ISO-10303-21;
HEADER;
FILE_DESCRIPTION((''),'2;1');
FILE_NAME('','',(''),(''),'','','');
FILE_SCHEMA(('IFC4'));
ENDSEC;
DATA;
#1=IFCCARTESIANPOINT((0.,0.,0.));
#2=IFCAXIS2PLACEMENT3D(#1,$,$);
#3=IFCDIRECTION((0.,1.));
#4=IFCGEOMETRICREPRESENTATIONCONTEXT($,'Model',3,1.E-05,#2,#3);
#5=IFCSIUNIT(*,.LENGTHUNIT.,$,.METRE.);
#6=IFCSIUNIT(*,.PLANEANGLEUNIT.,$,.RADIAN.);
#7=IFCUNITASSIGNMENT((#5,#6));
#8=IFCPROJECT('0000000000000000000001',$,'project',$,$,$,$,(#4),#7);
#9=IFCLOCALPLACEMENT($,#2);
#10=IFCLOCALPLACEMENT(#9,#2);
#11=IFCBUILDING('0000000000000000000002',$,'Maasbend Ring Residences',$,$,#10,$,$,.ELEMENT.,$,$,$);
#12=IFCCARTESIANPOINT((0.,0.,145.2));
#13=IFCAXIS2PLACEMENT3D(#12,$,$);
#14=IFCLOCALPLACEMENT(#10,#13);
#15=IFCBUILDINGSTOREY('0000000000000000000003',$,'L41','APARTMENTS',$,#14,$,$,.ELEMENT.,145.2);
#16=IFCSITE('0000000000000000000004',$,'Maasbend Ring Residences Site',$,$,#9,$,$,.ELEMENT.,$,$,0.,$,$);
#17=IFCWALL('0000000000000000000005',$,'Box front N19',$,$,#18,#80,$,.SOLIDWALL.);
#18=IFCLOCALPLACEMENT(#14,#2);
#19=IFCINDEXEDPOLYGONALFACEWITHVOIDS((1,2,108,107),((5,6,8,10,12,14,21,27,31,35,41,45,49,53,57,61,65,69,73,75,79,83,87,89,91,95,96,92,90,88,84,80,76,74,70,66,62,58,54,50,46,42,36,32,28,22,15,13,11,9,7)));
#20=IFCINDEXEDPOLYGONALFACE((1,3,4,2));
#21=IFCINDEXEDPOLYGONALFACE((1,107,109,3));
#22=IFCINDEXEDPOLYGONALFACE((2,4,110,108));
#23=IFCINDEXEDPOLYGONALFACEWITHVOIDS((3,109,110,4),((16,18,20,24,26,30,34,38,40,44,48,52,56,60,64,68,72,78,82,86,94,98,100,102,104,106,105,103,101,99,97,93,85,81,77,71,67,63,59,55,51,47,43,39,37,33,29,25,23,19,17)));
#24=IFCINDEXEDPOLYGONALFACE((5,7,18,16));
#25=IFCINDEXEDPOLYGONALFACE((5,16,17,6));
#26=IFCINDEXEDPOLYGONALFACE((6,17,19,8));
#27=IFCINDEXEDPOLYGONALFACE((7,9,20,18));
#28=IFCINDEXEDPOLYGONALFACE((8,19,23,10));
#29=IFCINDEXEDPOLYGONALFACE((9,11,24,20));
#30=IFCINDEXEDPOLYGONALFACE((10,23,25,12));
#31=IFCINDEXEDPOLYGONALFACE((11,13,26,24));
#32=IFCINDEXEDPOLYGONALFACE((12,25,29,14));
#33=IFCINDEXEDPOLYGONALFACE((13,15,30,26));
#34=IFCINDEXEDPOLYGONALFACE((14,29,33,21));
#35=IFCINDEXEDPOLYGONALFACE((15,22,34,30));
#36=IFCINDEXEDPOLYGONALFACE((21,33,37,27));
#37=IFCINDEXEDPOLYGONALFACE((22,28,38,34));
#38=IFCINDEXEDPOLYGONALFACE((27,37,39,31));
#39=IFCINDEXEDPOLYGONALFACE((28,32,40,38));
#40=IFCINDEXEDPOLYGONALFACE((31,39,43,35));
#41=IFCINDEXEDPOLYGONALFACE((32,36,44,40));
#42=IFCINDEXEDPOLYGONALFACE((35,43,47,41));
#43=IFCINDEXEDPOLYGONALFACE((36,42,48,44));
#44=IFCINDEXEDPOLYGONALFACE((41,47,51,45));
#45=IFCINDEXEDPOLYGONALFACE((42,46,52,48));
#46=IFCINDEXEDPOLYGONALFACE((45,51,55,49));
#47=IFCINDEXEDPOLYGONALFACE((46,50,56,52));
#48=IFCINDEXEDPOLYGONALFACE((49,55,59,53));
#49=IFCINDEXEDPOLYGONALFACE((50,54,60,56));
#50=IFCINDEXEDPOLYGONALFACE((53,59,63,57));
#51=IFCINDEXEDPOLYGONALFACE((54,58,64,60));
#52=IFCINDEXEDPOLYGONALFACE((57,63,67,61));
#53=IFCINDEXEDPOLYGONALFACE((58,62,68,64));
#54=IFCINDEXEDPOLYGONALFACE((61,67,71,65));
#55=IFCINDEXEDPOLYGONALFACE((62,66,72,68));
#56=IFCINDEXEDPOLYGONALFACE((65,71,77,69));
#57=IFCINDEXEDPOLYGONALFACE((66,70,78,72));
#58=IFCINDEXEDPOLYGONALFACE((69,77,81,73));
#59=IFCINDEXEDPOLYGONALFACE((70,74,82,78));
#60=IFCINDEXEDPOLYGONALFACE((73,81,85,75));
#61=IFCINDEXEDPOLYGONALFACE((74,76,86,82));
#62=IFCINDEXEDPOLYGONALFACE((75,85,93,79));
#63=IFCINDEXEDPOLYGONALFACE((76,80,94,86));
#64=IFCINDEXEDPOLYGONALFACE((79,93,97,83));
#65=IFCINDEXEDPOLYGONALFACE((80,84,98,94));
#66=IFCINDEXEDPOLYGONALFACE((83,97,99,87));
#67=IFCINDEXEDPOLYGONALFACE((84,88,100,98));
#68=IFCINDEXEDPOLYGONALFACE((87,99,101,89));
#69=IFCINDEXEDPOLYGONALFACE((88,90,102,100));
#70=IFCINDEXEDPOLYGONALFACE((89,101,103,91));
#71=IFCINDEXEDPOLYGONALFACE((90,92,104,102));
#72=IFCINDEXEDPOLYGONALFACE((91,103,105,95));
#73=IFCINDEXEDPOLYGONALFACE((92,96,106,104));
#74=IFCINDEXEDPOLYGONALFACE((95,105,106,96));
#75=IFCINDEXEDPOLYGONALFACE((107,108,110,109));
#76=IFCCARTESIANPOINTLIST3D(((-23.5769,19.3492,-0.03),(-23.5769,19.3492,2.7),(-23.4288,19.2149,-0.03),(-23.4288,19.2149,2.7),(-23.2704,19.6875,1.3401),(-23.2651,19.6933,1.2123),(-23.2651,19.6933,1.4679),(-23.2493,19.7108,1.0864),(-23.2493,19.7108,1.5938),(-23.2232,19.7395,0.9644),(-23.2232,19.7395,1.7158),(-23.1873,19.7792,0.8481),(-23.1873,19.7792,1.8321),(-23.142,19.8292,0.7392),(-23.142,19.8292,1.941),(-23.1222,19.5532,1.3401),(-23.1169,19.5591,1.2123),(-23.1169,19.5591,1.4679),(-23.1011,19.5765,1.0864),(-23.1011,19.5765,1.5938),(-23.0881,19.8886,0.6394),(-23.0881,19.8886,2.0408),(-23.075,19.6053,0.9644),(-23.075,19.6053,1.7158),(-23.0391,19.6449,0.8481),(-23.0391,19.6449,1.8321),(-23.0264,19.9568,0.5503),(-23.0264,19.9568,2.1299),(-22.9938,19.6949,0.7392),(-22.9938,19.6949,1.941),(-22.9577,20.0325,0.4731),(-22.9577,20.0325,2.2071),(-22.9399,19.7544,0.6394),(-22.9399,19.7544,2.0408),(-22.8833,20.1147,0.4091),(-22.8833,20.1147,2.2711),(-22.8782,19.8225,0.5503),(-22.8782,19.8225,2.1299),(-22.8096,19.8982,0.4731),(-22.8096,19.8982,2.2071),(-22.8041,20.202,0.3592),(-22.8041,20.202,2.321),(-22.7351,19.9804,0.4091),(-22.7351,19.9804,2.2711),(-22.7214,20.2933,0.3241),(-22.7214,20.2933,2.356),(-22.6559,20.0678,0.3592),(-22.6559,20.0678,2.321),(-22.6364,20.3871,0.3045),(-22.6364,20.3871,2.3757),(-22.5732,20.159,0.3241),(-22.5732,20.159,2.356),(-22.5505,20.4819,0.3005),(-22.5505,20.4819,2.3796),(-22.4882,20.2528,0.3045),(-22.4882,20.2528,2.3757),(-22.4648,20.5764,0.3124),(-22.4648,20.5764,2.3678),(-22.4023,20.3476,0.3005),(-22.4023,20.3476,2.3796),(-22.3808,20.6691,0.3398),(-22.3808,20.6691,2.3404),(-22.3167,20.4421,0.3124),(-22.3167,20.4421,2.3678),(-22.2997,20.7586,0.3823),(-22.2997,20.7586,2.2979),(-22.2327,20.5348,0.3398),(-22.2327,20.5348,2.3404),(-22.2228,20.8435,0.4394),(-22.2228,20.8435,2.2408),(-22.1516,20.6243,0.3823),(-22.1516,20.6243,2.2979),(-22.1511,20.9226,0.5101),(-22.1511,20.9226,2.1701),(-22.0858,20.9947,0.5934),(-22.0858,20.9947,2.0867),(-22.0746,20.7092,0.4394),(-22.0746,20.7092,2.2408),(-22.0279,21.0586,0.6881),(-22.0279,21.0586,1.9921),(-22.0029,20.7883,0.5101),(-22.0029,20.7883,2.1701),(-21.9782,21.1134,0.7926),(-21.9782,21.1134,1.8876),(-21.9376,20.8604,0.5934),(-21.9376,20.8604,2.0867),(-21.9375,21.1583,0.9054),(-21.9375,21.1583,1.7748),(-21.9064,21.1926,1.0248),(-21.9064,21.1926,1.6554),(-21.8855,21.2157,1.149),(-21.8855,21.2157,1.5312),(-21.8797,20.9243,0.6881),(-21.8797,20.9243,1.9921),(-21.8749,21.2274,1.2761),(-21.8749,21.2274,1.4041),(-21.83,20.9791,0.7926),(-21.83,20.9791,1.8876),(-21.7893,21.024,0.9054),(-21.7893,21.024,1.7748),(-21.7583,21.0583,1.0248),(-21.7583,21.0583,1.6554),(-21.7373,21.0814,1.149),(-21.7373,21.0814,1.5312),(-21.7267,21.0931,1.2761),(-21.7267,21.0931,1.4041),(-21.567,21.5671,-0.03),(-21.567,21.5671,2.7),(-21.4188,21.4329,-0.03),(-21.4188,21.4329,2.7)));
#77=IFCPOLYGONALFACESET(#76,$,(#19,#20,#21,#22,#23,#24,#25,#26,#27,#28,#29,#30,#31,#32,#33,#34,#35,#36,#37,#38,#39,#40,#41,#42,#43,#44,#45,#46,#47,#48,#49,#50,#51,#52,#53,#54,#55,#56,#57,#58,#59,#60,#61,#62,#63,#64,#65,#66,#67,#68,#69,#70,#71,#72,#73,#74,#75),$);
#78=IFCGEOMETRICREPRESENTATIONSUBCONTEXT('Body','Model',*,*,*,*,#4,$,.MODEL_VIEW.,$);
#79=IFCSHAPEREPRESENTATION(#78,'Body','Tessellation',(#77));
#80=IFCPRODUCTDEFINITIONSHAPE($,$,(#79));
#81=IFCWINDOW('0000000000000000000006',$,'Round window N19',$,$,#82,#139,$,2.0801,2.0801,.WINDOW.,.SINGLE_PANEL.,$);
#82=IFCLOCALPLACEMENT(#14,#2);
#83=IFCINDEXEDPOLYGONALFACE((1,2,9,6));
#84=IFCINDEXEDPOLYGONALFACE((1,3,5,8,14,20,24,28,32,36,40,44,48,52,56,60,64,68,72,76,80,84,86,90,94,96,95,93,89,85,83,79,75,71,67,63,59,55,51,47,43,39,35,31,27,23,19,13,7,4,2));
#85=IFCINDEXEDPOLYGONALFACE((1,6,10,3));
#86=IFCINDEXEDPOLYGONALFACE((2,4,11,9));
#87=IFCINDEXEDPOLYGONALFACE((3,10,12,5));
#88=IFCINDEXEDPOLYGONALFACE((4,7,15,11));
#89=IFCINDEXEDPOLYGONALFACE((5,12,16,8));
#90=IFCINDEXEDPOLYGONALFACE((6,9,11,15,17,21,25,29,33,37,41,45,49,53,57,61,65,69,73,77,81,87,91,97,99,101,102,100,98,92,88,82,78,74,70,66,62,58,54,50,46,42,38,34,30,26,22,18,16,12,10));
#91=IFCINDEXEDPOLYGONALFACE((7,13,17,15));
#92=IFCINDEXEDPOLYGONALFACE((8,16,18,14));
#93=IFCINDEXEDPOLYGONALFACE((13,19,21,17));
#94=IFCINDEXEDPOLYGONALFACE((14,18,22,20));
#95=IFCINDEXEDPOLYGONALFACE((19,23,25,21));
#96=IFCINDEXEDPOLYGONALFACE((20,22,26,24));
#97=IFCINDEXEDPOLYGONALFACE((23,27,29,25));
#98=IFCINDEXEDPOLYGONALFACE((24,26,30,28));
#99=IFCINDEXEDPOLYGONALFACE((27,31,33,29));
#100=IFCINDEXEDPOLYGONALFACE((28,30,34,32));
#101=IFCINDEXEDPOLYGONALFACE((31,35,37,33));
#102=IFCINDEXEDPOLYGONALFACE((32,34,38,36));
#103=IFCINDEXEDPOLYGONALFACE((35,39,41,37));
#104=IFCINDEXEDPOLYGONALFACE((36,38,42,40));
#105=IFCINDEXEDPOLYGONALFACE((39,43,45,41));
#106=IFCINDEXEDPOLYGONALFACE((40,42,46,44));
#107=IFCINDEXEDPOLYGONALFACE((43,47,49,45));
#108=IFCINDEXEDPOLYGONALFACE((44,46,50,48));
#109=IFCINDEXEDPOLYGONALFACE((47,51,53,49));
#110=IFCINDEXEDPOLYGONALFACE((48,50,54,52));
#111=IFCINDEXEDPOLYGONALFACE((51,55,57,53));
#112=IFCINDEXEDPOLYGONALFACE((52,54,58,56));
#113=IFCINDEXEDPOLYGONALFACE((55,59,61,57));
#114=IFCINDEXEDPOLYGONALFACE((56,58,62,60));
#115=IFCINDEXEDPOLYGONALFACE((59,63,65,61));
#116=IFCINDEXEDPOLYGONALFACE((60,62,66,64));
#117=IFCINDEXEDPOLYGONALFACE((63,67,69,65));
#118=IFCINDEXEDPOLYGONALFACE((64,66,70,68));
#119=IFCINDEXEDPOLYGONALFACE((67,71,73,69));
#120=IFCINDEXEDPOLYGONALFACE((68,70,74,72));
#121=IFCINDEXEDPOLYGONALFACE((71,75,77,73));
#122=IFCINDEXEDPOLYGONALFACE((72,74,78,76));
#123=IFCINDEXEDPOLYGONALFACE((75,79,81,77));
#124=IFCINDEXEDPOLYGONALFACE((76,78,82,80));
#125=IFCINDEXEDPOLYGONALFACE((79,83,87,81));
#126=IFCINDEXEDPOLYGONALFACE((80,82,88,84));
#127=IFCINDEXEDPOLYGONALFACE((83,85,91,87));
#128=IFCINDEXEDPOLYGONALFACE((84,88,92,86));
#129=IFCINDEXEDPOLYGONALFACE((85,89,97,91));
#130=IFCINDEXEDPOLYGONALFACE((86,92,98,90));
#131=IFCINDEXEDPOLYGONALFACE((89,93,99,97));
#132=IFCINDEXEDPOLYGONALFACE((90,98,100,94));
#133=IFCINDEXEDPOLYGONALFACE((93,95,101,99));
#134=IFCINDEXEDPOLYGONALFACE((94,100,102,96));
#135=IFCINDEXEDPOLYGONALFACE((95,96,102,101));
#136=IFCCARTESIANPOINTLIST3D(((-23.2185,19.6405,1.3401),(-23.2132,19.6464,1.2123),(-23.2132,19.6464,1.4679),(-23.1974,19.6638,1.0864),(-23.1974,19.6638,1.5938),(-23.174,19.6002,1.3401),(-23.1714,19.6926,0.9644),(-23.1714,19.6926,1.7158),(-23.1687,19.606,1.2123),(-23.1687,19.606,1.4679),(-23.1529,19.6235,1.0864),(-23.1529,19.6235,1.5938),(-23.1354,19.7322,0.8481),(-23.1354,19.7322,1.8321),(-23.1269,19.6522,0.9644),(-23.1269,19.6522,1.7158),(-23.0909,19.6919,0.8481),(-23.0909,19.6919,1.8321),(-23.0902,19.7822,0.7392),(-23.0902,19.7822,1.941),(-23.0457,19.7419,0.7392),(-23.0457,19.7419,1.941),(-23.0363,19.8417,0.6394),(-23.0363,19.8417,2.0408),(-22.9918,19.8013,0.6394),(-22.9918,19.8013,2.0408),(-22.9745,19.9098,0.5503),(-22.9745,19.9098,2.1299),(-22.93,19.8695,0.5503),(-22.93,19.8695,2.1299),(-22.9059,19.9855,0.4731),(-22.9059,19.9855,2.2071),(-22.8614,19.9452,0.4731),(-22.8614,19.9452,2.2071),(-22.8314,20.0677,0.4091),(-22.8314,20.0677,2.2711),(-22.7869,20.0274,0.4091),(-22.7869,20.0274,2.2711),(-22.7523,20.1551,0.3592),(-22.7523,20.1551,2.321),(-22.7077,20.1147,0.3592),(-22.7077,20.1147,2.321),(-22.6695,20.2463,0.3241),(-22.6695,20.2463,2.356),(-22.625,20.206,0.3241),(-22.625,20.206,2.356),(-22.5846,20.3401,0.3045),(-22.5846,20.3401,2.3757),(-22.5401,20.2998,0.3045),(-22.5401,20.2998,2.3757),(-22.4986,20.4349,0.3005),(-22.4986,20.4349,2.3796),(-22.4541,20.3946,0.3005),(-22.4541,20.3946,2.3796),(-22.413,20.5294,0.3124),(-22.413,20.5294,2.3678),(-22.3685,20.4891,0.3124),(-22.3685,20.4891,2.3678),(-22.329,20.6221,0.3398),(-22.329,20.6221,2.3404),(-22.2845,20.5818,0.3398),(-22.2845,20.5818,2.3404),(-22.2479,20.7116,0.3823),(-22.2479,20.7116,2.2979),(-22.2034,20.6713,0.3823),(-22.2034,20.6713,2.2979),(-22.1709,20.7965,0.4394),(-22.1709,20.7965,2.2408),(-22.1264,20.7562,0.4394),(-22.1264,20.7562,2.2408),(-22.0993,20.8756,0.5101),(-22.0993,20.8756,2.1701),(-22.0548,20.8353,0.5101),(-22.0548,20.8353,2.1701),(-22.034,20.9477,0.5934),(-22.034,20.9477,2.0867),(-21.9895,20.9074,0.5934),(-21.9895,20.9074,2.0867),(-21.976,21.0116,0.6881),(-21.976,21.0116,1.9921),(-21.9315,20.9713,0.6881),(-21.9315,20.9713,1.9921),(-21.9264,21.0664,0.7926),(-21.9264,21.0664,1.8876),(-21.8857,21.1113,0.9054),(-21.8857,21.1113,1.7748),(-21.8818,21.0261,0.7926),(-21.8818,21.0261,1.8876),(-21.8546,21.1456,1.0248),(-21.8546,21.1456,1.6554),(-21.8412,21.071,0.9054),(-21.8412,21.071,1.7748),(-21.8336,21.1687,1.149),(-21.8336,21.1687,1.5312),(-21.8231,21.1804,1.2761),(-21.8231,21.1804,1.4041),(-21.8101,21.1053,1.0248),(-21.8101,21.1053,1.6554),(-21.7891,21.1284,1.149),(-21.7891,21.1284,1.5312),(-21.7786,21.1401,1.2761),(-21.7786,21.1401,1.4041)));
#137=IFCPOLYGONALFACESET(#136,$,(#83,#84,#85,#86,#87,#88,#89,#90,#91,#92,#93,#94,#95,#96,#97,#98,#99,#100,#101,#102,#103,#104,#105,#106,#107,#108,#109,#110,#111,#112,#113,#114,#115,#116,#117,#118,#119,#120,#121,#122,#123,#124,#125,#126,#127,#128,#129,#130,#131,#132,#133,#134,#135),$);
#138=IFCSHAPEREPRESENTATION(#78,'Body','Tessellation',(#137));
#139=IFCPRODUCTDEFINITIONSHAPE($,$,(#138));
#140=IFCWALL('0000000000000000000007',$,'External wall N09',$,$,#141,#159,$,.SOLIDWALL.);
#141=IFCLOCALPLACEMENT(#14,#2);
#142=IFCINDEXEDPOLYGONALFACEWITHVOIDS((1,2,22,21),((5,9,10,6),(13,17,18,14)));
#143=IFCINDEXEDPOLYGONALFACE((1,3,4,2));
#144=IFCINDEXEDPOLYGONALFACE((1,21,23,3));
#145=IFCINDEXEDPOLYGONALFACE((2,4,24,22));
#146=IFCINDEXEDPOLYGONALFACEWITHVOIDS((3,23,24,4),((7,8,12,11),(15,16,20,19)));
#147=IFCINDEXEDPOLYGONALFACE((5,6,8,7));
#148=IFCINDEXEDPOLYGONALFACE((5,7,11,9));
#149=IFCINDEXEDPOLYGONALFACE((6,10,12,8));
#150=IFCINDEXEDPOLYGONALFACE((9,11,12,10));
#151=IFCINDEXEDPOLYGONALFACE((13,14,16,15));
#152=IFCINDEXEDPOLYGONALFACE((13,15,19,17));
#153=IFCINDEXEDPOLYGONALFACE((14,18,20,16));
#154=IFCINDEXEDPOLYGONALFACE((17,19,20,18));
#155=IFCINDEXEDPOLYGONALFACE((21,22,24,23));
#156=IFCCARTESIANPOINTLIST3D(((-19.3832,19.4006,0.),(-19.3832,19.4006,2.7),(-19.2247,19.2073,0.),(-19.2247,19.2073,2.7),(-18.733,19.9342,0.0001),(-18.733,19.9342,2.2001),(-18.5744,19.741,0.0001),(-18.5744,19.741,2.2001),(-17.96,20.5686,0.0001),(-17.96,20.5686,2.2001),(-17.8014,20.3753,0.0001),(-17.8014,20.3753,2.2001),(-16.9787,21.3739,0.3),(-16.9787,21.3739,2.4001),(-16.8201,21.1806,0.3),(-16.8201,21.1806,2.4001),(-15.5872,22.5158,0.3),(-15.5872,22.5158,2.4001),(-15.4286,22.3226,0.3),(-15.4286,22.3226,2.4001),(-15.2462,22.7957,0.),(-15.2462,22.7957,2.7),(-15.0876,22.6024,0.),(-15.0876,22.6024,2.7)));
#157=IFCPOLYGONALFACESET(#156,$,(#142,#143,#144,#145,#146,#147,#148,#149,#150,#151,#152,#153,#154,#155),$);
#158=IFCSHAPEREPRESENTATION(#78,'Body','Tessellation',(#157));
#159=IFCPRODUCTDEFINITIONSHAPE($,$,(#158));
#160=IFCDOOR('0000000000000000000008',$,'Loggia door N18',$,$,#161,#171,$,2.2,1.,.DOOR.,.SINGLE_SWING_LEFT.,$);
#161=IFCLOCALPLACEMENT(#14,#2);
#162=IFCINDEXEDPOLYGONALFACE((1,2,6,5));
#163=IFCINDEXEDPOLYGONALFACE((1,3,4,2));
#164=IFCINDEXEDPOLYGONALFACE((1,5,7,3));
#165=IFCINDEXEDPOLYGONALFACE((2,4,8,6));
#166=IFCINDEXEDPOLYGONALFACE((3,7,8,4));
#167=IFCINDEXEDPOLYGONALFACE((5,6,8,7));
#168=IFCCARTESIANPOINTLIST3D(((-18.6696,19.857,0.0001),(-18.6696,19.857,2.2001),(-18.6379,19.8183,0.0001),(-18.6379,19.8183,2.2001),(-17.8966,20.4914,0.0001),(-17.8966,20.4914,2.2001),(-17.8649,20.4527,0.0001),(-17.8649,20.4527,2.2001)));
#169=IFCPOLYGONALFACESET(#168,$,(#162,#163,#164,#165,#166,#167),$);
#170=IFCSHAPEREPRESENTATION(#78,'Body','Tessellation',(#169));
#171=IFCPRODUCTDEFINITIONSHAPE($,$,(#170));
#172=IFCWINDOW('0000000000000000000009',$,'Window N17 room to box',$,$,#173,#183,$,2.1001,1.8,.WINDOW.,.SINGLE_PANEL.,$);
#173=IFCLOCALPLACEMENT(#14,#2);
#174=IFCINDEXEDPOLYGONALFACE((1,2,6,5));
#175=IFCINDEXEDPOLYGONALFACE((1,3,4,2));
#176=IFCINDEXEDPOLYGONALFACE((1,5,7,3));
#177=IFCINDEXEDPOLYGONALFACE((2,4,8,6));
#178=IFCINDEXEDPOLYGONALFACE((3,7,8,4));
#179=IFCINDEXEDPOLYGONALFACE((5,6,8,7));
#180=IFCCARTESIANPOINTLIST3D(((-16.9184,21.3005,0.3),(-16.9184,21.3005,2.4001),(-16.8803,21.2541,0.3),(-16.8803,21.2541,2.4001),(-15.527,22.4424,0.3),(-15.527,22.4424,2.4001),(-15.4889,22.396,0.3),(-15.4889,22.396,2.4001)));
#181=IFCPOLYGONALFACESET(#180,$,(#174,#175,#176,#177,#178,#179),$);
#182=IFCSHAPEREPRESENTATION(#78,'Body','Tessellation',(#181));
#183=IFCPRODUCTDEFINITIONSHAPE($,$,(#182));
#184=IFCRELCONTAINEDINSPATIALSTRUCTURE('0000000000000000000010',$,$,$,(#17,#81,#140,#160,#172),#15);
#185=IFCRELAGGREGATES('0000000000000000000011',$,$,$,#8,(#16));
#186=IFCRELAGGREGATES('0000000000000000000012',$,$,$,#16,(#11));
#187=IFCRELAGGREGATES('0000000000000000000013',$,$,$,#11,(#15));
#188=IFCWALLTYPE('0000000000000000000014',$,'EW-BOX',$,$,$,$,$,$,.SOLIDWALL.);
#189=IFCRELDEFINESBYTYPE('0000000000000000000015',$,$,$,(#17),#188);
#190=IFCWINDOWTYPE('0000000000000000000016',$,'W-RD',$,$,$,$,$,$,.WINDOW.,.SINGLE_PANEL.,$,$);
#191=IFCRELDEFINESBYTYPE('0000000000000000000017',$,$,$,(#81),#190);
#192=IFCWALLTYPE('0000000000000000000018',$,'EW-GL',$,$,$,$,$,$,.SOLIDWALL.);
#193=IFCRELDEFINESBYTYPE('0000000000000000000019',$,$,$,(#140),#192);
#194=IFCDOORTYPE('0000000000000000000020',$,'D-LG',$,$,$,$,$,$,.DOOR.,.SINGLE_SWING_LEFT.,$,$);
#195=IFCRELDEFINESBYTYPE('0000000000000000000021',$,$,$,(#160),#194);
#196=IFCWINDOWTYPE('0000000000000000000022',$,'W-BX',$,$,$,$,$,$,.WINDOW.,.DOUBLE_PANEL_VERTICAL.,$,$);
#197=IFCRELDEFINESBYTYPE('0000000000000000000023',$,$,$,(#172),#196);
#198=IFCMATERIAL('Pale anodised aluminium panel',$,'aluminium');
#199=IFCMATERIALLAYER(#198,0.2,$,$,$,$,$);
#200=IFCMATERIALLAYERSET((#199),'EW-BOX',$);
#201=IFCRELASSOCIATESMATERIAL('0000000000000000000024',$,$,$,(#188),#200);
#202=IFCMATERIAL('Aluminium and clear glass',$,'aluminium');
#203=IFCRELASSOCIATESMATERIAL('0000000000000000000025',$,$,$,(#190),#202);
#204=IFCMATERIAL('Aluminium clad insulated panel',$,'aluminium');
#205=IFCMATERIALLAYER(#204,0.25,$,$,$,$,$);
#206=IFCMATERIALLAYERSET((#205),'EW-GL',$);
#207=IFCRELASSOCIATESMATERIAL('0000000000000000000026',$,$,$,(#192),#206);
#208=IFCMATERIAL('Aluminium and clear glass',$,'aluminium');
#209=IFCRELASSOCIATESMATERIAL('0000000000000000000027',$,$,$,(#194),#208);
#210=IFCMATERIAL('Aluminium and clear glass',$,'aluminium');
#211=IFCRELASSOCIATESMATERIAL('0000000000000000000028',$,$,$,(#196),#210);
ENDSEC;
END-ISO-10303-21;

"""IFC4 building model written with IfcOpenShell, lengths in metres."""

from ifc_helpers import new_model, si_unit, direction, frame, frame_2d, origin, place, context, subcontext, project, spatial, rectangle, circle, extrude, material, layer, layer_set, type_object, element, fill, save


model = new_model("IFC4")

# Units and contexts
model_context = context("Model", 3, precision=1e-05, world=origin(), true_north=direction((0.0, 1.0)))
body_context = subcontext(model_context, "Body", "Model", "MODEL_VIEW")
ifc_project = project(units=[si_unit("LENGTHUNIT", "METRE"), si_unit("PLANEANGLEUNIT", "RADIAN")], contexts=[model_context])

# Site, building, storey
site_placement = place(None, origin())
site = spatial("IfcSite", under=ifc_project, at=site_placement, Name="Maasbend Ring Residences Site", CompositionType="ELEMENT", RefElevation=0.0)
building_placement = place(site_placement, origin())
building = spatial("IfcBuilding", under=site, at=building_placement, Name="Maasbend Ring Residences", CompositionType="ELEMENT")
storey_placement = place(building_placement, frame((0.0, 0.0, 145.2)))
storey = spatial("IfcBuildingStorey", under=building, at=storey_placement, Name="L41", Description="APARTMENTS", CompositionType="ELEMENT", Elevation=145.2)

# Shared definitions
ifc_material_1 = material(Name="Pale anodised aluminium panel", Category="aluminium")
ifc_layer_1 = layer(ifc_material_1, 0.2)
ifc_layer_set_1 = layer_set([ifc_layer_1], Name="EW-BOX")
wall_type_1 = type_object("IfcWallType", Name="EW-BOX", PredefinedType="SOLIDWALL", material=ifc_layer_set_1)
ifc_material_2 = material(Name="Aluminium and clear glass", Category="aluminium")
window_type_1 = type_object("IfcWindowType", Name="W-RD", PartitioningType="SINGLE_PANEL", PredefinedType="WINDOW", material=ifc_material_2)

# Wall, opening, window
wall_1_placement = place(storey_placement, frame((-21.4929, 21.5, -0.03), z_axis=(0.0, 0.0, 1.0), x_axis=(-0.671507, -0.740998, 0.0)))
wall_1 = element("IfcWall", 1, at=wall_1_placement, inside=storey, type_object=wall_type_1, Name="Box front N19", PredefinedType="SOLIDWALL", context=body_context, shape_type="SweptSolid", body=[
    extrude(rectangle(XDim=2.9932, YDim=0.2, at=frame_2d((1.4966, 0.0))), origin(), (0.0, 0.0, 1.0), 2.73),
])
opening_1_placement = place(wall_1_placement, frame((0.4565, 0.0, 0.3301)))
opening_1 = element("IfcOpeningElement", 2, at=opening_1_placement, cuts=wall_1, PredefinedType="OPENING", context=body_context, shape_type="SweptSolid", body=[
    extrude(circle(Radius=1.04, at=frame_2d((1.04, 1.04))), frame((0.0, 0.1099, 0.0), z_axis=(0.0, -1.0, 0.0), x_axis=(1.0, 0.0, 0.0)), (0.0, 0.0, 1.0), 0.22),
])
window_1_placement = place(opening_1_placement, origin())
window_1 = element("IfcWindow", 3, at=window_1_placement, inside=storey, type_object=window_type_1, Name="Round window N19", OverallHeight=2.0801, OverallWidth=2.0801, PartitioningType="SINGLE_PANEL", PredefinedType="WINDOW", context=body_context, shape_type="SweptSolid", body=[
    extrude(circle(Radius=1.04, at=frame_2d((1.04, 1.04))), frame((0.0, 0.03, 0.0), z_axis=(0.0, -1.0, 0.0), x_axis=(1.0, 0.0, 0.0)), (0.0, 0.0, 1.0), 0.0601),
])
fill(opening_1, window_1)

# Wall, openings, door, window
ifc_material_3 = material(Name="Aluminium clad insulated panel", Category="aluminium")
ifc_layer_2 = layer(ifc_material_3, 0.25)
ifc_layer_set_2 = layer_set([ifc_layer_2], Name="EW-GL")
wall_type_2 = type_object("IfcWallType", Name="EW-GL", PredefinedType="SOLIDWALL", material=ifc_layer_set_2)
wall_2_placement = place(storey_placement, frame((-15.167, 22.699, 0.0), z_axis=(0.0, 0.0, 1.0), x_axis=(-0.773019, -0.634382, 0.0)))
wall_2 = element("IfcWall", 4, at=wall_2_placement, inside=storey, type_object=wall_type_2, Name="External wall N09", PredefinedType="SOLIDWALL", context=body_context, shape_type="SweptSolid", body=[
    extrude(rectangle(XDim=5.3518, YDim=0.25, at=frame_2d((2.6758, 0.0))), origin(), (0.0, 0.0, 1.0), 2.7),
])
opening_2_placement = place(wall_2_placement, frame((0.4412, 0.0, 0.3)))
opening_2 = element("IfcOpeningElement", 5, at=opening_2_placement, cuts=wall_2, PredefinedType="OPENING", context=body_context, shape_type="SweptSolid", body=[
    extrude(rectangle(XDim=1.8, YDim=2.1001, at=frame_2d((0.8999, 1.05))), frame((0.0, 0.135, 0.0), z_axis=(0.0, -1.0, 0.0), x_axis=(1.0, 0.0, 0.0)), (0.0, 0.0, 1.0), 0.27),
])
opening_3_placement = place(wall_2_placement, frame((3.5105, 0.0, 0.0)))
opening_3 = element("IfcOpeningElement", 6, at=opening_3_placement, cuts=wall_2, PredefinedType="OPENING", context=body_context, shape_type="SweptSolid", body=[
    extrude(rectangle(XDim=1.0, YDim=2.2, at=frame_2d((0.5, 1.1001))), frame((0.0, 0.135, 0.0), z_axis=(0.0, -1.0, 0.0), x_axis=(1.0, 0.0, 0.0)), (0.0, 0.0, 1.0), 0.27),
])
ifc_material_4 = material(Name="Aluminium and clear glass", Category="aluminium")
door_type_1 = type_object("IfcDoorType", Name="D-LG", OperationType="SINGLE_SWING_LEFT", PredefinedType="DOOR", material=ifc_material_4)
door_1_placement = place(opening_3_placement, origin())
door_1 = element("IfcDoor", 7, at=door_1_placement, inside=storey, type_object=door_type_1, Name="Loggia door N18", OperationType="SINGLE_SWING_LEFT", OverallHeight=2.2, OverallWidth=1.0, PredefinedType="DOOR", context=body_context, shape_type="SweptSolid", body=[
    extrude(rectangle(XDim=1.0, YDim=2.2, at=frame_2d((0.5, 1.1001))), frame((0.0, 0.0249, 0.0), z_axis=(0.0, -1.0, 0.0), x_axis=(1.0, 0.0, 0.0)), (0.0, 0.0, 1.0), 0.05),
])
fill(opening_3, door_1)
ifc_material_5 = material(Name="Aluminium and clear glass", Category="aluminium")
window_type_2 = type_object("IfcWindowType", Name="W-BX", PartitioningType="DOUBLE_PANEL_VERTICAL", PredefinedType="WINDOW", material=ifc_material_5)
window_2_placement = place(opening_2_placement, origin())
window_2 = element("IfcWindow", 8, at=window_2_placement, inside=storey, type_object=window_type_2, Name="Window N17 room to box", OverallHeight=2.1001, OverallWidth=1.8, PartitioningType="SINGLE_PANEL", PredefinedType="WINDOW", context=body_context, shape_type="SweptSolid", body=[
    extrude(rectangle(XDim=1.8, YDim=2.1001, at=frame_2d((0.8999, 1.05))), frame((0.0, 0.03, 0.0), z_axis=(0.0, -1.0, 0.0), x_axis=(1.0, 0.0, 0.0)), (0.0, 0.0, 1.0), 0.0601),
])
fill(opening_2, window_2)

save(model, "model.ifc")
